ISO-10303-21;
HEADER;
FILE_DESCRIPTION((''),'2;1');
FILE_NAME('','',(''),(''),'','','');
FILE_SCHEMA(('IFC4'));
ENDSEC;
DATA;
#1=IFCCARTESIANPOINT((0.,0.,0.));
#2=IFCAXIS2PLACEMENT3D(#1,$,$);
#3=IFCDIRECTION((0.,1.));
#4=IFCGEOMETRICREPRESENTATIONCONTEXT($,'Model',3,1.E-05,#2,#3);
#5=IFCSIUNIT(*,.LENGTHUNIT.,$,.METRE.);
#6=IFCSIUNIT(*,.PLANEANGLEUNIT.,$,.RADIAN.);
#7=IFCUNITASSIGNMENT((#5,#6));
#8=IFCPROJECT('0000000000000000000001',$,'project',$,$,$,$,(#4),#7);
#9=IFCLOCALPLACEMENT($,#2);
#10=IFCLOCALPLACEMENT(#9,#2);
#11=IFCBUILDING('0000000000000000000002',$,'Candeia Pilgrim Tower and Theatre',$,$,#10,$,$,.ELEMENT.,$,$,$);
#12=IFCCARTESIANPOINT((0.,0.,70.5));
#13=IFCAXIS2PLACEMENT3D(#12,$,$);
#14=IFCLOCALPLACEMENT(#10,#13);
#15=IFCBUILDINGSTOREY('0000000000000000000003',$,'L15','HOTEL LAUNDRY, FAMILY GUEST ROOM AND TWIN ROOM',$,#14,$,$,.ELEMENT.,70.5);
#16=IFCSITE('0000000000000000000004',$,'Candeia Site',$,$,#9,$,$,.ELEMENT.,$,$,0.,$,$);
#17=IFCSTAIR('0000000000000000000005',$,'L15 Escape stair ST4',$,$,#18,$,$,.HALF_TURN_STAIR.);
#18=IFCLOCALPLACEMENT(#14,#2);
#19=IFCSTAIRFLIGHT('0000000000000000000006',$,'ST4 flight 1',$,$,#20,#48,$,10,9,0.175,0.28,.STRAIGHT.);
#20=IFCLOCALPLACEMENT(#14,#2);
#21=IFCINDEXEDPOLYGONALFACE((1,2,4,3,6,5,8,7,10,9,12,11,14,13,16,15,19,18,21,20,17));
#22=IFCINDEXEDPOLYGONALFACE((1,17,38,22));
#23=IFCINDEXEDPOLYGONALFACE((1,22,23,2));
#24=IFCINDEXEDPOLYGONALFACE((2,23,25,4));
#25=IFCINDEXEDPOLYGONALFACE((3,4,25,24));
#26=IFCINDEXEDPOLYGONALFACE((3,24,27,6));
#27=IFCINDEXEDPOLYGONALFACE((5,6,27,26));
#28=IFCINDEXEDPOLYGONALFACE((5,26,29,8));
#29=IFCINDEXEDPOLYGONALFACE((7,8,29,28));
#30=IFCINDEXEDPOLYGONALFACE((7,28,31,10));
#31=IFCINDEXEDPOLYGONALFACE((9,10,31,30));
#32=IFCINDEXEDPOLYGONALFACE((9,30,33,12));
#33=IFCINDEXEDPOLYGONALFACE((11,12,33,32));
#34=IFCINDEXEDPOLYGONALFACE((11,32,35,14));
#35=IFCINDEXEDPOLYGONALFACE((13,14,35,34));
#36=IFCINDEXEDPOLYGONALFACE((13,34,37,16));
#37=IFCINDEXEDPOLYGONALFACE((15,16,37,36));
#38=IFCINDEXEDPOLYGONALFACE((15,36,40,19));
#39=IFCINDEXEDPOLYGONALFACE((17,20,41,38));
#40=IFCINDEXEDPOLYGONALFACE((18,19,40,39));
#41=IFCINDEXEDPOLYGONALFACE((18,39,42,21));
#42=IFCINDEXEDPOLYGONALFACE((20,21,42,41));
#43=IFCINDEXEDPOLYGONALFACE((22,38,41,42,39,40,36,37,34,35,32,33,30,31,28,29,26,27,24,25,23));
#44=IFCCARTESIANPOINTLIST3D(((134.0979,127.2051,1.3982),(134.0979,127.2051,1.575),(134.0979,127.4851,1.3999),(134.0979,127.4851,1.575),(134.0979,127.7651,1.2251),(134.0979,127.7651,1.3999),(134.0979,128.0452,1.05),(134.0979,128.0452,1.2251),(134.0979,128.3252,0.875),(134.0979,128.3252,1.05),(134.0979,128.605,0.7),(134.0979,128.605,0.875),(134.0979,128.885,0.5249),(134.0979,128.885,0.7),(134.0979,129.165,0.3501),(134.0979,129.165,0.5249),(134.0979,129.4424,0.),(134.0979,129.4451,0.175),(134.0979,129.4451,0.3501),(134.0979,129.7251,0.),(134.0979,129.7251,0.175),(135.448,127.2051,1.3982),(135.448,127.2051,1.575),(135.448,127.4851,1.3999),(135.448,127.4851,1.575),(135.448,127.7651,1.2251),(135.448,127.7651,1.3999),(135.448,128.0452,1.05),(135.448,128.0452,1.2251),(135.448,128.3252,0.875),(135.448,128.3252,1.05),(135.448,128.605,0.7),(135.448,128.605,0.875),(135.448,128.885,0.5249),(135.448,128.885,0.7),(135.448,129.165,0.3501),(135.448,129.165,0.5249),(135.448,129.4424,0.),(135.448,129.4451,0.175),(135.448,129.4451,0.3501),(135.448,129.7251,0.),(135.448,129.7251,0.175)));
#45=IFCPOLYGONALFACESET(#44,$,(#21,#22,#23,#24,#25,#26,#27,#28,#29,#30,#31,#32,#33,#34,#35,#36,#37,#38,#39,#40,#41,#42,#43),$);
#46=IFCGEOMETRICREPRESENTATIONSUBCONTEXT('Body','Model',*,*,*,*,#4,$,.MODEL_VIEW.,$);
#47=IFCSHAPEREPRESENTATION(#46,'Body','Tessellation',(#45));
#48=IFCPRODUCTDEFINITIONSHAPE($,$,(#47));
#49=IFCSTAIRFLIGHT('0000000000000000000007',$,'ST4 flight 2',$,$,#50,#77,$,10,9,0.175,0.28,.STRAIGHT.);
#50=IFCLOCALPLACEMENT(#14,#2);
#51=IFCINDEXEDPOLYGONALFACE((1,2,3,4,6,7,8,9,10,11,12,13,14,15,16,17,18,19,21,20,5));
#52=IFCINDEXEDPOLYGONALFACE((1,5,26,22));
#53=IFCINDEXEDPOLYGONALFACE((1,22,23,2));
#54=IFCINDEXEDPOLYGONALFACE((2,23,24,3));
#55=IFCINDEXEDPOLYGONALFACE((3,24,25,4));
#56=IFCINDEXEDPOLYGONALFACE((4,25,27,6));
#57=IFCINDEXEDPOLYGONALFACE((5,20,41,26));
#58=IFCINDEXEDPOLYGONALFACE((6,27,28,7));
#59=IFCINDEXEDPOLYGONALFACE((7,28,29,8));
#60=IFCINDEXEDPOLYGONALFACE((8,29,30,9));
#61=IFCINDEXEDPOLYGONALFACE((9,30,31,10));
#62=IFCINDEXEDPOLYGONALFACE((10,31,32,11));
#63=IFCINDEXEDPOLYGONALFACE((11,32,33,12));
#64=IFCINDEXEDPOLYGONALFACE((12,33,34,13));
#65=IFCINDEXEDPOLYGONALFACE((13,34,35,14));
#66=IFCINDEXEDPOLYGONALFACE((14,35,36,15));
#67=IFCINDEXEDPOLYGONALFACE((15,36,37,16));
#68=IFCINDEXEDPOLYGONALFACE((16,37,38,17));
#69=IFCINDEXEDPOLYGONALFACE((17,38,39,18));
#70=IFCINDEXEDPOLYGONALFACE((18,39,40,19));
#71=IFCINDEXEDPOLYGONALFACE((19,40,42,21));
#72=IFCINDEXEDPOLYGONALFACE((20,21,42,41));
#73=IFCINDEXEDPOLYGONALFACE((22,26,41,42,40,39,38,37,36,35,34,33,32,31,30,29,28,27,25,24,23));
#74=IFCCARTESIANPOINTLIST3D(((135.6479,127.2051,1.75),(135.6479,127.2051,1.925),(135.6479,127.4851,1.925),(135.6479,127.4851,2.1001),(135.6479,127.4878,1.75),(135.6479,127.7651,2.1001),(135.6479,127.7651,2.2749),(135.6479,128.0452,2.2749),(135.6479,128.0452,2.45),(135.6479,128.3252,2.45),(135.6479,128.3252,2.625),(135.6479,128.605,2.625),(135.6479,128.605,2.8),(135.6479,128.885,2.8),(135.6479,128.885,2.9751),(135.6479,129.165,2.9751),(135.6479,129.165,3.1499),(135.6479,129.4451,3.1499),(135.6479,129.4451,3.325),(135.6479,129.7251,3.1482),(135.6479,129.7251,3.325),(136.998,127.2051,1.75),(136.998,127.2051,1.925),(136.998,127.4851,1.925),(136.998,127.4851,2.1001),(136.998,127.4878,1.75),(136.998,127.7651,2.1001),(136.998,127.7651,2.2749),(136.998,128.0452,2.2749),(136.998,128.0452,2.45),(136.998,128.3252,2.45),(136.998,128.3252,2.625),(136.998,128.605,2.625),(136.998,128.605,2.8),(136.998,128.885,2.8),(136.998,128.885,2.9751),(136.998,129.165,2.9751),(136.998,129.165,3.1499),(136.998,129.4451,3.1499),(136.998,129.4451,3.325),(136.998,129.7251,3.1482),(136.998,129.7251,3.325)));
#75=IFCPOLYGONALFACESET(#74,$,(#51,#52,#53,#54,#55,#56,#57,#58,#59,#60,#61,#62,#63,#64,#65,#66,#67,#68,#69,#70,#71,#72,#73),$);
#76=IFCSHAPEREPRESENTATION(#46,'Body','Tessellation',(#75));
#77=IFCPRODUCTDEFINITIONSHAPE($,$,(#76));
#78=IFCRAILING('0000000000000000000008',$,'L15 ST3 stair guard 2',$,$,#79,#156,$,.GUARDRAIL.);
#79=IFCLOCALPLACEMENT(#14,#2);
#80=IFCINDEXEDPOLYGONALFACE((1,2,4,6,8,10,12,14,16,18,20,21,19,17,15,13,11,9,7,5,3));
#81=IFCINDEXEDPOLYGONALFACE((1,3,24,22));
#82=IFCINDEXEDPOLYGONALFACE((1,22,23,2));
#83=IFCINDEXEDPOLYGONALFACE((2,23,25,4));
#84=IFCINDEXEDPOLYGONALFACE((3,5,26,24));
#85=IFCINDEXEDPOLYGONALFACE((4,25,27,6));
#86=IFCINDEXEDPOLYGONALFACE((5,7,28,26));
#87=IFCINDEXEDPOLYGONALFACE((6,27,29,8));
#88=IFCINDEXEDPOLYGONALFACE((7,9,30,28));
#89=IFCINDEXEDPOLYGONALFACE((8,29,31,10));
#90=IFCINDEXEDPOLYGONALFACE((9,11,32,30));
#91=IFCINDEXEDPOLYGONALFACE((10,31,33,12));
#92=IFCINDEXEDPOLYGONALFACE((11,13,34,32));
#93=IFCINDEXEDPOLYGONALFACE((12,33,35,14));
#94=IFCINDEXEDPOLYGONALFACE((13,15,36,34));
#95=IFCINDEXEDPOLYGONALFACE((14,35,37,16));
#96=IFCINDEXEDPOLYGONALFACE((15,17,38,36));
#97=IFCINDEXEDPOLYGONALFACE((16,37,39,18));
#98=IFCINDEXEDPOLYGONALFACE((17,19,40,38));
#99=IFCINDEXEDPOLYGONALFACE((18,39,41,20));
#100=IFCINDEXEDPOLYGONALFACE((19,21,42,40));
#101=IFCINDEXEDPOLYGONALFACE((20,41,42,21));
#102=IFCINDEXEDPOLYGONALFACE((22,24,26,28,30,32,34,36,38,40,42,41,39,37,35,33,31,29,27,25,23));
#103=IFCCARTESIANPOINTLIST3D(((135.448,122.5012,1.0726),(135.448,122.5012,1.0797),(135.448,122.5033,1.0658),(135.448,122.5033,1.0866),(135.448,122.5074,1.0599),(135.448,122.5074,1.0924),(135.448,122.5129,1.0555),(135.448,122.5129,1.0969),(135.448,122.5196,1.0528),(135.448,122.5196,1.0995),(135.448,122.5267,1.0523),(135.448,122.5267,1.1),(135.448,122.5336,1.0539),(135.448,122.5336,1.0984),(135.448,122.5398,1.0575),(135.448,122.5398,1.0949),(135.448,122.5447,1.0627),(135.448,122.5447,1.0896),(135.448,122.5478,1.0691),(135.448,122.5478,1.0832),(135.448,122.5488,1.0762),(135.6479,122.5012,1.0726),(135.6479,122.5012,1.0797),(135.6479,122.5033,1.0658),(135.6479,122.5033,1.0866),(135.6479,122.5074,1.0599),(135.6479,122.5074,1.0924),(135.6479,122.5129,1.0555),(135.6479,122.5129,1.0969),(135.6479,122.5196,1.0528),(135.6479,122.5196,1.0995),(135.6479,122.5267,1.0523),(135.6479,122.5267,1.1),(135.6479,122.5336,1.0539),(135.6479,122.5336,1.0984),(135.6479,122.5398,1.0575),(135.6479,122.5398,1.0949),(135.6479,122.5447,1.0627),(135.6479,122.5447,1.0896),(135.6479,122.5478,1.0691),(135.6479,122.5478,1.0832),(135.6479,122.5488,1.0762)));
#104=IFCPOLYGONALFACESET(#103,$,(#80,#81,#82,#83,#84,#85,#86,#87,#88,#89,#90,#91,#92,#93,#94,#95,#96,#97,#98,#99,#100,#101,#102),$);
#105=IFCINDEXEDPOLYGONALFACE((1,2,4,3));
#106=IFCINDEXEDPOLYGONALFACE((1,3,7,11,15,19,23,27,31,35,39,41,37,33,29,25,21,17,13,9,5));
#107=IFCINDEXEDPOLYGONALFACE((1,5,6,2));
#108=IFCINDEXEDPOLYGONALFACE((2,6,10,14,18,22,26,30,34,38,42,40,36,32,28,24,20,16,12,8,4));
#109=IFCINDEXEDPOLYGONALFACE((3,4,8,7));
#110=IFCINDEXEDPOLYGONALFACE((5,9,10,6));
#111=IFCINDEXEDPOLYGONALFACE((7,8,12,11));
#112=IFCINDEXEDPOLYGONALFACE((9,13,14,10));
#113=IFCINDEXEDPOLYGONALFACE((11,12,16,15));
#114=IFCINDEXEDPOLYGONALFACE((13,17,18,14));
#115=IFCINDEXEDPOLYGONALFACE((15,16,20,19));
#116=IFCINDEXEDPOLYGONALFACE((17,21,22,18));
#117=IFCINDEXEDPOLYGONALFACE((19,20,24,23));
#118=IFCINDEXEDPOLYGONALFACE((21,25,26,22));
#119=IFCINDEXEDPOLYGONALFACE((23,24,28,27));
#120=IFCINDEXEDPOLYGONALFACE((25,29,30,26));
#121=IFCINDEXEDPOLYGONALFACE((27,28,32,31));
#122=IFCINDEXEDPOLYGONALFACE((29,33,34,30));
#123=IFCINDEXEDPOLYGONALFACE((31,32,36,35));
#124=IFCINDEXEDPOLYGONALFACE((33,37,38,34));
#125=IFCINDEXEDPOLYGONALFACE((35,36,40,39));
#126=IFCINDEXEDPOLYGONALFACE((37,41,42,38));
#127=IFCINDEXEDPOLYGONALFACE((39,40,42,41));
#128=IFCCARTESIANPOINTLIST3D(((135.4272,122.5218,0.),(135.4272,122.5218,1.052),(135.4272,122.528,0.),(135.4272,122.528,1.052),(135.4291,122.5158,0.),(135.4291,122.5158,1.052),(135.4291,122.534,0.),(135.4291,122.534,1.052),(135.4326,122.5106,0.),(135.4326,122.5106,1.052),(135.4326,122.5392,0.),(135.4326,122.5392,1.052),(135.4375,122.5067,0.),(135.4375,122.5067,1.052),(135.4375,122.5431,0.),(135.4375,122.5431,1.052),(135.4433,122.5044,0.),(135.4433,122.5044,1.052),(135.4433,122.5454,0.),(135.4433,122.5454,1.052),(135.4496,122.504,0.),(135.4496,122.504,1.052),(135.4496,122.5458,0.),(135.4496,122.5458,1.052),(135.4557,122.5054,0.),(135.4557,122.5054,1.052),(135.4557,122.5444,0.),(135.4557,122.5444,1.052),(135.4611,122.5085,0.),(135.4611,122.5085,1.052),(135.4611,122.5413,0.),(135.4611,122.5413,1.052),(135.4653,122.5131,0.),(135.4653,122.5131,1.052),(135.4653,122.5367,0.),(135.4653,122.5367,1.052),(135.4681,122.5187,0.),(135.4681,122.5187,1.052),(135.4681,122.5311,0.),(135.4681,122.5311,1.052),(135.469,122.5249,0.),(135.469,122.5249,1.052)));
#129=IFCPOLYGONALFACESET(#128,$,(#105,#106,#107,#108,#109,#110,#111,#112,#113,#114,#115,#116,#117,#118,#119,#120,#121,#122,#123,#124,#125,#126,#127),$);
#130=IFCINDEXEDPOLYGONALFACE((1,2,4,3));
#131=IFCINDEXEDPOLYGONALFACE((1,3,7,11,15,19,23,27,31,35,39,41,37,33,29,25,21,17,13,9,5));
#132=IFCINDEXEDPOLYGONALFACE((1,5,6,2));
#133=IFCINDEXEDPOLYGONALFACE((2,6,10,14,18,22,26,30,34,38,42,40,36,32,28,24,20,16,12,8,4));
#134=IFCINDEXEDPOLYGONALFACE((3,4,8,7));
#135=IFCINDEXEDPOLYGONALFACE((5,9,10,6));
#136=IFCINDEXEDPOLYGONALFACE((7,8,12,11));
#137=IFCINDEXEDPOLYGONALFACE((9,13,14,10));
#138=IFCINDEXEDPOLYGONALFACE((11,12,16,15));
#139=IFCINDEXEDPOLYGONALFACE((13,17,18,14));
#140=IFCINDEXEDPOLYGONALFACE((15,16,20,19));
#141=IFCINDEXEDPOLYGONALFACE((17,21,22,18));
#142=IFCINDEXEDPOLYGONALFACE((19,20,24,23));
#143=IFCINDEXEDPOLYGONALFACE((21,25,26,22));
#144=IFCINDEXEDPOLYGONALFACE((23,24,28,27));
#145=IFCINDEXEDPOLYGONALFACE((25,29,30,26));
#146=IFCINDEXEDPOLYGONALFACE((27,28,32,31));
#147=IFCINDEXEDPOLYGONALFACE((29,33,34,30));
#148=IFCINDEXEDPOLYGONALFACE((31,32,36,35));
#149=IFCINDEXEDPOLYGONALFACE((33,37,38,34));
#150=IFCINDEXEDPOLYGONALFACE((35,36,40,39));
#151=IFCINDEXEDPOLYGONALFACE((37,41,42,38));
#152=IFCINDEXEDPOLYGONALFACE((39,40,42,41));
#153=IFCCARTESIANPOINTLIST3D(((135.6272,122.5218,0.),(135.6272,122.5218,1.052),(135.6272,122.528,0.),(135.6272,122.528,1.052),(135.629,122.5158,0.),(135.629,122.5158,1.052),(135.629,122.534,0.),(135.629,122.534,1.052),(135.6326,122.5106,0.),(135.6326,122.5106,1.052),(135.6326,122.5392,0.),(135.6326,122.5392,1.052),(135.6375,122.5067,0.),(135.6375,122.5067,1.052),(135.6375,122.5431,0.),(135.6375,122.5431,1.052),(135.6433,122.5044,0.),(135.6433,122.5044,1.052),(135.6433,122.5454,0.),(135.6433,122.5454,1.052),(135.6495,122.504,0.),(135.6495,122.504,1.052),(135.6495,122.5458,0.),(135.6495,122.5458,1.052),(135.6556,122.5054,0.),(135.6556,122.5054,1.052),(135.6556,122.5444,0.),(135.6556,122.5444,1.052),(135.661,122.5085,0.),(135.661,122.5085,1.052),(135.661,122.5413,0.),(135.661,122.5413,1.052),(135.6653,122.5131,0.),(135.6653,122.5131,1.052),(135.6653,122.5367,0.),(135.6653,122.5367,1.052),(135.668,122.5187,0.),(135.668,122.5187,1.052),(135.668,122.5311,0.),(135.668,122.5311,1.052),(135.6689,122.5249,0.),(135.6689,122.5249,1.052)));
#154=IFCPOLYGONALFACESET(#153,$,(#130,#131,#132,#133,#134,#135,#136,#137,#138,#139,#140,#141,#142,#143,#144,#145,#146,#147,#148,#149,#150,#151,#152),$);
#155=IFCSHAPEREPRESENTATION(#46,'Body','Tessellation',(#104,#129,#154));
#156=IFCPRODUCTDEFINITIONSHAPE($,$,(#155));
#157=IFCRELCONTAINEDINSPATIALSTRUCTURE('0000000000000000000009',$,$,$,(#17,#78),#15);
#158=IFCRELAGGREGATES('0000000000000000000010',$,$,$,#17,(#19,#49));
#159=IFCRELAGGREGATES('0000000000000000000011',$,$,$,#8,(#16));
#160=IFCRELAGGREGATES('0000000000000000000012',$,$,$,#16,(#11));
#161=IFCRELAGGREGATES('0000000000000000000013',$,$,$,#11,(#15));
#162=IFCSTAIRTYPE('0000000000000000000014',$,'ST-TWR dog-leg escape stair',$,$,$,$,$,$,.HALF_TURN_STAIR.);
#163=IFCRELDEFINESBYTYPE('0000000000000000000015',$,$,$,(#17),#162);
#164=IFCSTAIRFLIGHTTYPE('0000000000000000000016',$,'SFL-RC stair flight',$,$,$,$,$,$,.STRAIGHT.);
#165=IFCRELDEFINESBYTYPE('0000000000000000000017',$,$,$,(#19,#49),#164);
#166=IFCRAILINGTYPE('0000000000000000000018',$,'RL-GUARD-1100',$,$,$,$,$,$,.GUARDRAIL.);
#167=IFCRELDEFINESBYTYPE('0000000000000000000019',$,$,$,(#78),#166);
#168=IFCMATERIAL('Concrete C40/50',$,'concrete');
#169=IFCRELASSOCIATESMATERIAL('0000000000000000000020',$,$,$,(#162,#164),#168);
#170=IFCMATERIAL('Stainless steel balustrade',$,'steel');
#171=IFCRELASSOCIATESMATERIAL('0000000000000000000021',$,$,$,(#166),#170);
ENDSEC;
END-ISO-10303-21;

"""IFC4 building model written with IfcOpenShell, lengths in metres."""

from ifc_helpers import new_model, si_unit, direction, frame, origin, origin_2d, place, context, subcontext, project, spatial, polyline, circle, outline, extrude, material, type_object, element, aggregate, save


model = new_model("IFC4")

# Units and contexts
model_context = context("Model", 3, precision=1e-05, world=origin(), true_north=direction((0.0, 1.0)))
body_context = subcontext(model_context, "Body", "Model", "MODEL_VIEW")
ifc_project = project(units=[si_unit("LENGTHUNIT", "METRE"), si_unit("PLANEANGLEUNIT", "RADIAN")], contexts=[model_context])

# Site, building, storey
site_placement = place(None, origin())
site = spatial("IfcSite", under=ifc_project, at=site_placement, Name="Candeia Site", CompositionType="ELEMENT", RefElevation=0.0)
building_placement = place(site_placement, origin())
building = spatial("IfcBuilding", under=site, at=building_placement, Name="Candeia Pilgrim Tower and Theatre", CompositionType="ELEMENT")
storey_placement = place(building_placement, frame((0.0, 0.0, 70.5)))
storey = spatial("IfcBuildingStorey", under=building, at=storey_placement, Name="L15", Description="HOTEL LAUNDRY, FAMILY GUEST ROOM AND TWIN ROOM", CompositionType="ELEMENT", Elevation=70.5)

# Shared definitions
ifc_material_1 = material(Name="Concrete C40/50", Category="concrete")

# Stair, stair flights
stair_type = type_object("IfcStairType", Name="ST-TWR dog-leg escape stair", PredefinedType="HALF_TURN_STAIR", material=ifc_material_1)
stair_flight_type = type_object("IfcStairFlightType", Name="SFL-RC stair flight", PredefinedType="STRAIGHT", material=ifc_material_1)
stair_1_placement = place(storey_placement, origin())
stair_1 = element("IfcStair", 1, at=stair_1_placement, inside=storey, type_object=stair_type, Name="L15 Escape stair ST4", PredefinedType="HALF_TURN_STAIR")
stair_flight_1_placement = place(storey_placement, frame((134.7729, 129.7251, 0.0), z_axis=(0.0, 0.0, 1.0), x_axis=(0.0, -1.0, 0.0)))
stair_flight_1 = element("IfcStairFlight", 2, at=stair_flight_1_placement, type_object=stair_flight_type, Name="ST4 flight 1", NumberOfRisers=10, NumberOfTreads=9, PredefinedType="STRAIGHT", RiserHeight=0.175, TreadLength=0.28, context=body_context, shape_type="SweptSolid", body=[
    extrude(outline(polyline([(0.0, 0.0), (0.0, 0.175), (0.28, 0.175), (0.28, 0.3501), (0.5601, 0.3501), (0.5601, 0.5249), (0.8401, 0.5249), (0.8401, 0.7), (1.1201, 0.7), (1.1201, 0.875), (1.3999, 0.875), (1.3999, 1.05), (1.6799, 1.05), (1.6799, 1.2251), (1.96, 1.2251), (1.96, 1.3999), (2.24, 1.3999), (2.24, 1.575), (2.52, 1.575), (2.52, 1.75), (2.52, 1.3982), (0.2827, 0.0), (0.0, 0.0)])), frame((0.0, 0.675, 0.0), z_axis=(0.0, -1.0, 0.0), x_axis=(1.0, 0.0, 0.0)), (0.0, 0.0, 1.0), 1.3501),
])
stair_flight_2_placement = place(storey_placement, frame((136.323, 127.2051, 1.75), z_axis=(0.0, 0.0, 1.0), x_axis=(0.0, 1.0, 0.0)))
stair_flight_2 = element("IfcStairFlight", 3, at=stair_flight_2_placement, type_object=stair_flight_type, Name="ST4 flight 2", NumberOfRisers=10, NumberOfTreads=9, PredefinedType="STRAIGHT", RiserHeight=0.175, TreadLength=0.28, context=body_context, shape_type="SweptSolid", body=[
    extrude(outline(polyline([(0.0, 0.0), (0.0, 0.175), (0.28, 0.175), (0.28, 0.3501), (0.5601, 0.3501), (0.5601, 0.5249), (0.8401, 0.5249), (0.8401, 0.7), (1.1201, 0.7), (1.1201, 0.875), (1.3999, 0.875), (1.3999, 1.05), (1.6799, 1.05), (1.6799, 1.2251), (1.96, 1.2251), (1.96, 1.3999), (2.24, 1.3999), (2.24, 1.575), (2.52, 1.575), (2.52, 1.75), (2.52, 1.3982), (0.2827, 0.0), (0.0, 0.0)])), frame((0.0, 0.675, 0.0), z_axis=(0.0, -1.0, 0.0), x_axis=(1.0, 0.0, 0.0)), (0.0, 0.0, 1.0), 1.3501),
])
aggregate(stair_1, [stair_flight_1, stair_flight_2])

# Railing
ifc_material_2 = material(Name="Stainless steel balustrade", Category="steel")
railing_type_1 = type_object("IfcRailingType", Name="RL-GUARD-1100", PredefinedType="GUARDRAIL", material=ifc_material_2)
railing_1_placement = place(storey_placement, frame((135.448, 122.5249, 0.0)))
element("IfcRailing", 4, at=railing_1_placement, inside=storey, type_object=railing_type_1, Name="L15 ST3 stair guard 2", PredefinedType="GUARDRAIL", context=body_context, shape_type="SweptSolid", body=[
    extrude(circle(Radius=0.0239, at=origin_2d()), frame((0.0, 0.0, 1.0762), z_axis=(1.0, 0.0, 0.0), x_axis=(0.0, 1.0, 0.0)), (0.0, 0.0, 1.0), 0.2),
    extrude(circle(Radius=0.021, at=origin_2d()), origin(), (0.0, 0.0, 1.0), 1.052),
    extrude(circle(Radius=0.021, at=origin_2d()), frame((0.2, 0.0, 0.0)), (0.0, 0.0, 1.0), 1.052),
])

save(model, "model.ifc")
